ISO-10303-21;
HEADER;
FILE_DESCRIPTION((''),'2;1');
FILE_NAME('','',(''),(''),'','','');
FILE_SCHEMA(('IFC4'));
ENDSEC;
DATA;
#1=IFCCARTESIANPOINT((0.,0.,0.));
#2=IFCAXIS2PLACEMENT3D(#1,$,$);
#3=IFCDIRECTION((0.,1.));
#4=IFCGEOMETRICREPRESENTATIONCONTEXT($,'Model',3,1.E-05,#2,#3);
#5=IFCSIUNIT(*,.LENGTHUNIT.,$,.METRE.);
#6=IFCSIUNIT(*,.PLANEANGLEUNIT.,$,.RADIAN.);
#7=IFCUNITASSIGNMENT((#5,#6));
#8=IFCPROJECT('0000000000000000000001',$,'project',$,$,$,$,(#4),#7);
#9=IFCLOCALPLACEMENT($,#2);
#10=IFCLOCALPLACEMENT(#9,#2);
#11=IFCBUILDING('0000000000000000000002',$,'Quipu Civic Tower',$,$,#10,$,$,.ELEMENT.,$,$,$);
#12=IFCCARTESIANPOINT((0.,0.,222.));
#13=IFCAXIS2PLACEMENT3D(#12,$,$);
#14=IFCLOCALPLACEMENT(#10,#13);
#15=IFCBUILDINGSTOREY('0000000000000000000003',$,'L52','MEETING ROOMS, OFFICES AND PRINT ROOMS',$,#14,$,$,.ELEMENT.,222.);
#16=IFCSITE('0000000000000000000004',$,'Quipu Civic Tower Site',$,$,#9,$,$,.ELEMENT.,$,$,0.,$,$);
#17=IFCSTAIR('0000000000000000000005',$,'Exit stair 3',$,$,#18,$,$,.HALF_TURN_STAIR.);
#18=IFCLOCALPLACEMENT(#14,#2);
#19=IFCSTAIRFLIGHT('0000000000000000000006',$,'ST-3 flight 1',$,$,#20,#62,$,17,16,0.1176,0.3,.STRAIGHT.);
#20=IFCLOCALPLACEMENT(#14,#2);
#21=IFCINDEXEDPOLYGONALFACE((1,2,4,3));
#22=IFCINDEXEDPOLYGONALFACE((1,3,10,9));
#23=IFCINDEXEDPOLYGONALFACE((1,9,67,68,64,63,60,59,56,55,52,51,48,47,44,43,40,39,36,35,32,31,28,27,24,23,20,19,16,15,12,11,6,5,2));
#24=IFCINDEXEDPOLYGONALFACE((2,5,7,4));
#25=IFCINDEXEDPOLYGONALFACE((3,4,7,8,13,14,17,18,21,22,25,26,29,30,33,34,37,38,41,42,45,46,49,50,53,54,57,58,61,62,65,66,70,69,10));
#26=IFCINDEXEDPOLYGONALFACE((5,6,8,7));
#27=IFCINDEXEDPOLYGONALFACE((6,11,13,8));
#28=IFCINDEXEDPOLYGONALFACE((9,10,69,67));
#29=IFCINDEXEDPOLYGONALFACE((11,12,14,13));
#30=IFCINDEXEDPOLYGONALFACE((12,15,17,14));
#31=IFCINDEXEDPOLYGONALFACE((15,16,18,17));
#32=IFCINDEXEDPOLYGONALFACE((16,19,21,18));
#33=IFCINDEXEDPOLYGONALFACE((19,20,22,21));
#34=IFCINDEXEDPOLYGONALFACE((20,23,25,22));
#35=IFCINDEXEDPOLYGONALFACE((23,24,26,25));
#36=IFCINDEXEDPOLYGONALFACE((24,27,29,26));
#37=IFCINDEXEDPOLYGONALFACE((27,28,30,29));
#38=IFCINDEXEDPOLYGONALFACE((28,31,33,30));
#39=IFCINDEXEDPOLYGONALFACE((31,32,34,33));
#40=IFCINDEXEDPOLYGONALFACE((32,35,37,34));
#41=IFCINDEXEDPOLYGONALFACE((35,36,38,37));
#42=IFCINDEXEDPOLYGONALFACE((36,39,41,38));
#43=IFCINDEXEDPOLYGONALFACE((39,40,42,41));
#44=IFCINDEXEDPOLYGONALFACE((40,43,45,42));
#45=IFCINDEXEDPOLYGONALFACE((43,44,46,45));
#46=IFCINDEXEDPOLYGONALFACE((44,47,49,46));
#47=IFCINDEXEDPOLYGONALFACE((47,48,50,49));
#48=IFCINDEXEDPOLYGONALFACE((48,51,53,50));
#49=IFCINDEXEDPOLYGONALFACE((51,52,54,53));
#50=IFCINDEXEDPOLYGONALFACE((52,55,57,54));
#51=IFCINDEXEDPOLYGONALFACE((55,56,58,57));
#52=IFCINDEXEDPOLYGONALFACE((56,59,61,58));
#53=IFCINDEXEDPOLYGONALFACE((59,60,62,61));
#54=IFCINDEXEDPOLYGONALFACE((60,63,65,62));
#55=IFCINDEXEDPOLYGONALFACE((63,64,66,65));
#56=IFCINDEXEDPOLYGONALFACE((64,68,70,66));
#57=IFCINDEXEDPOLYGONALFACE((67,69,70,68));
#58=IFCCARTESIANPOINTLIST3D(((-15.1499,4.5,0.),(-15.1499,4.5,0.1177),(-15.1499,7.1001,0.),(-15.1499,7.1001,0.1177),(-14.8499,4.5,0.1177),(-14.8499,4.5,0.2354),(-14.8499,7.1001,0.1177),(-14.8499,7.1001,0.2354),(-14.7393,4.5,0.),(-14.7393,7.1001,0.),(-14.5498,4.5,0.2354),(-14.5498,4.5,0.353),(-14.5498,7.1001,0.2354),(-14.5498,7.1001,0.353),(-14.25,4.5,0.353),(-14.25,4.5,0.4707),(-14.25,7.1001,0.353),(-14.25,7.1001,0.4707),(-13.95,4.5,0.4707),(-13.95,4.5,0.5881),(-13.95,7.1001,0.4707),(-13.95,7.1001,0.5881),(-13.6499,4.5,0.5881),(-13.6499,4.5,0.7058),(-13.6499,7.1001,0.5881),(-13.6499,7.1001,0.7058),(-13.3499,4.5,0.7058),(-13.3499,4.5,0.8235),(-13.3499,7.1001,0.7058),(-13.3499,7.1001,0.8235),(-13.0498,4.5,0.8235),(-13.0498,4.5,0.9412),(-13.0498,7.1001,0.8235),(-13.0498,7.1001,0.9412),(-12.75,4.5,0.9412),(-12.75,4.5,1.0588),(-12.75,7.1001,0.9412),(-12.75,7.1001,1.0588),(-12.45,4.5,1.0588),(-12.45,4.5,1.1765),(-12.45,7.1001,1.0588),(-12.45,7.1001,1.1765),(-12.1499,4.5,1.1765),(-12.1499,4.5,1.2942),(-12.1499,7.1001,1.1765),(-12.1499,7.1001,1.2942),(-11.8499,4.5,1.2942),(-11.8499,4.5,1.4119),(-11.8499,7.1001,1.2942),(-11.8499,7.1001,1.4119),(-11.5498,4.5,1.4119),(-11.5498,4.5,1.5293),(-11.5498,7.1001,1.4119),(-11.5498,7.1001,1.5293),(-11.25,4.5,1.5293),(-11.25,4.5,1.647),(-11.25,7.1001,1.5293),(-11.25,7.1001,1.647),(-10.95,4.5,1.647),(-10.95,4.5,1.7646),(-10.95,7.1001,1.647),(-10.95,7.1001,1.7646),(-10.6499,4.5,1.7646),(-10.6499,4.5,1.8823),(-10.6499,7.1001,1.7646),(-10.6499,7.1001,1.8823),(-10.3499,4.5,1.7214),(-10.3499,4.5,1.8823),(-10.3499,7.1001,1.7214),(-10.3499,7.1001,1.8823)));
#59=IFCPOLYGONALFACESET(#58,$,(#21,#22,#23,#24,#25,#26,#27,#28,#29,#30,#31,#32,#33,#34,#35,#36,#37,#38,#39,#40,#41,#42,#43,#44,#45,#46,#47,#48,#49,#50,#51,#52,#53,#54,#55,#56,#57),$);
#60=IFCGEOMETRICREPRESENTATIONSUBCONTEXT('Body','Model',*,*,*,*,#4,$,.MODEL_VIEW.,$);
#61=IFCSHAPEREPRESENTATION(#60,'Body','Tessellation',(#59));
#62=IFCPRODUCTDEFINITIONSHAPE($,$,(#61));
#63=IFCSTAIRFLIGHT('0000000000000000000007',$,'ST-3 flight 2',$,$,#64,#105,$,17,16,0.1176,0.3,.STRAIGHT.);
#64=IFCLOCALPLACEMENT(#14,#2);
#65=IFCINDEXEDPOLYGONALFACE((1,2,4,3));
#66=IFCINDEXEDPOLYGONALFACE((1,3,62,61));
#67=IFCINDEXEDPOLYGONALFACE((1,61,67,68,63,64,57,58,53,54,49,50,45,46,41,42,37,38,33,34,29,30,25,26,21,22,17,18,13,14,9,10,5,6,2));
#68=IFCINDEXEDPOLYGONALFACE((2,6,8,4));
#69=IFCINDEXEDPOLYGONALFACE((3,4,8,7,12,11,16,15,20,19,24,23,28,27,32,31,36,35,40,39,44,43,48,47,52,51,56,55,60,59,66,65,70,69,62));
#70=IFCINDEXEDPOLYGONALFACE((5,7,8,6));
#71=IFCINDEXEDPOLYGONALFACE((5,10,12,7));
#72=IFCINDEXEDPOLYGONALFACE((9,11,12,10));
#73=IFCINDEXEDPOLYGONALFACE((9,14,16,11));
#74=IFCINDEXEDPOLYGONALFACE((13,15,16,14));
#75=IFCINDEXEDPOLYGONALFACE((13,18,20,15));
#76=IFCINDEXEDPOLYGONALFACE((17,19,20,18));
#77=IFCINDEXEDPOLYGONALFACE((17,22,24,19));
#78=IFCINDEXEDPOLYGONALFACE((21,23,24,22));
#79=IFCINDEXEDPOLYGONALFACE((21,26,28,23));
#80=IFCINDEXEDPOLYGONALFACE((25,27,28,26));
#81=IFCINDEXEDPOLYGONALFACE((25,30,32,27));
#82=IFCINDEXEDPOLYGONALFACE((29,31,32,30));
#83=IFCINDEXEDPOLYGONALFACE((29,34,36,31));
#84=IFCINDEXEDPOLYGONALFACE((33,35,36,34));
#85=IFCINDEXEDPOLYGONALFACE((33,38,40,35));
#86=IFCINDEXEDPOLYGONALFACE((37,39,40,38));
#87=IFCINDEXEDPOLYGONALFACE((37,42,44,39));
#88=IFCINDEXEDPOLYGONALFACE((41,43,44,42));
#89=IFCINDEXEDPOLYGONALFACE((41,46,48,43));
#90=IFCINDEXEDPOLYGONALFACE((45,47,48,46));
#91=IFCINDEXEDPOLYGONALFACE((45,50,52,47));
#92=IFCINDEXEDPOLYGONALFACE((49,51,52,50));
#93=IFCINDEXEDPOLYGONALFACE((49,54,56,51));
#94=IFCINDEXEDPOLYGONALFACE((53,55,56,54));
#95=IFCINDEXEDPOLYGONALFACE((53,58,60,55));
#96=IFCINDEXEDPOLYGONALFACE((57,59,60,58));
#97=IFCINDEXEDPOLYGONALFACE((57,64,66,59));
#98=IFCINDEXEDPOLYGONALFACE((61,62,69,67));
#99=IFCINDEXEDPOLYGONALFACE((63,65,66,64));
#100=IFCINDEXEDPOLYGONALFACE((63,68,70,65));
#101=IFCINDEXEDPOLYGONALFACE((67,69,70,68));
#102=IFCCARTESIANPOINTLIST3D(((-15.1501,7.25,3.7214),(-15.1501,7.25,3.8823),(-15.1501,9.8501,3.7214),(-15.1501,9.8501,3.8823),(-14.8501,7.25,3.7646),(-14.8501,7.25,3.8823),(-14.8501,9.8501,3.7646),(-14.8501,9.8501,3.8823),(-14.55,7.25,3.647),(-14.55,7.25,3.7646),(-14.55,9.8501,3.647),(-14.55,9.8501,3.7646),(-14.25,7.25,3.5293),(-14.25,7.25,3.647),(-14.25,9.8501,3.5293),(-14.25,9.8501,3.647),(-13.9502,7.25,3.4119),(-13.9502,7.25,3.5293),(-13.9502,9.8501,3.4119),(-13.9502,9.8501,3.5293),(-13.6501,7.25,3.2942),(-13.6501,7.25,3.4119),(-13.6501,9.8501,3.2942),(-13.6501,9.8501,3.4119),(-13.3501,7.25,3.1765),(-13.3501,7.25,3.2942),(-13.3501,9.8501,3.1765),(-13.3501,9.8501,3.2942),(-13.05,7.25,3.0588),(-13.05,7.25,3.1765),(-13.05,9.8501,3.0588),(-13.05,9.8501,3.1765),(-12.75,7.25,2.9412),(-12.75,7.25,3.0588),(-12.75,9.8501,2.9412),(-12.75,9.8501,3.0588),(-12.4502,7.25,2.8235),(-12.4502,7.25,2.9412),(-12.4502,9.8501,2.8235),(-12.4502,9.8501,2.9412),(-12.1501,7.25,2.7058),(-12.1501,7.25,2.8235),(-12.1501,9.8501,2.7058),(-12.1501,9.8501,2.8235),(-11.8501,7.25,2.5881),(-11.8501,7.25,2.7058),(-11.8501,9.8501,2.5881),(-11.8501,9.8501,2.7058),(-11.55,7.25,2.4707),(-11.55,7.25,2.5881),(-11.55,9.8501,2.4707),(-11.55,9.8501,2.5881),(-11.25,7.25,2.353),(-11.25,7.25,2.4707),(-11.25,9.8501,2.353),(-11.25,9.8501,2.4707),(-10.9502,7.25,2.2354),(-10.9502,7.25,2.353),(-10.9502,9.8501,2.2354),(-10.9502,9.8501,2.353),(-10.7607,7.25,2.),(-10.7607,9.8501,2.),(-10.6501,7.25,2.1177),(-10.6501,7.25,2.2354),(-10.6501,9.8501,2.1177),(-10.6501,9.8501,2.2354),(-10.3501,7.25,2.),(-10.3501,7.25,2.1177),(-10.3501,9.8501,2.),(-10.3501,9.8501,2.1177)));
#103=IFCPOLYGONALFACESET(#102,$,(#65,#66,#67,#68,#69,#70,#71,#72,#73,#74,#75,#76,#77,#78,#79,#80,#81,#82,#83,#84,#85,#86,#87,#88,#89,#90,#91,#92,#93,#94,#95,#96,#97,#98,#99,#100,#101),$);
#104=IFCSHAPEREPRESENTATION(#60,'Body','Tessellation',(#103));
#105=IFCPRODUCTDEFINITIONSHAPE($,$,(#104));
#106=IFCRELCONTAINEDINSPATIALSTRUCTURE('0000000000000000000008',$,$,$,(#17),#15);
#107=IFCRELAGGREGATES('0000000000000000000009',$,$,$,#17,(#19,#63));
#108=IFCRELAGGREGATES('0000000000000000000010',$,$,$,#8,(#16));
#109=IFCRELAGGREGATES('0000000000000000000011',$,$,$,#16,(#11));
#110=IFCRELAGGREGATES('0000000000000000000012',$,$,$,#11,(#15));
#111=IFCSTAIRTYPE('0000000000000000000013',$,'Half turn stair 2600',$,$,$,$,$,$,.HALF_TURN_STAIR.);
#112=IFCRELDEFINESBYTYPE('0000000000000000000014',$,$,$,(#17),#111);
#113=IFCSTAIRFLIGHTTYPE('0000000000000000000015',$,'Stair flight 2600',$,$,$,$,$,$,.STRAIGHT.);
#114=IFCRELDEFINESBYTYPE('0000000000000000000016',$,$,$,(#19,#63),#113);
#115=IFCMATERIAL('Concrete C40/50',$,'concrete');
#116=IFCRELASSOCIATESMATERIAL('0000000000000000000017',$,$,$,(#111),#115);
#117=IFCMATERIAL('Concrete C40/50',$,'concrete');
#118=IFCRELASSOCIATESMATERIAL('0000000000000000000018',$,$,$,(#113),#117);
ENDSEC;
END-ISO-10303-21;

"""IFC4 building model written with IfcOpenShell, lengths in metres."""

from ifc_helpers import new_model, si_unit, direction, frame, origin, place, context, subcontext, project, spatial, polyline, outline, extrude, material, type_object, element, aggregate, save


model = new_model("IFC4")

# Units and contexts
model_context = context("Model", 3, precision=1e-05, world=origin(), true_north=direction((0.0, 1.0)))
body_context = subcontext(model_context, "Body", "Model", "MODEL_VIEW")
ifc_project = project(units=[si_unit("LENGTHUNIT", "METRE"), si_unit("PLANEANGLEUNIT", "RADIAN")], contexts=[model_context])

# Site, building, storey
site_placement = place(None, origin())
site = spatial("IfcSite", under=ifc_project, at=site_placement, Name="Quipu Civic Tower Site", CompositionType="ELEMENT", RefElevation=0.0)
building_placement = place(site_placement, origin())
building = spatial("IfcBuilding", under=site, at=building_placement, Name="Quipu Civic Tower", CompositionType="ELEMENT")
storey_placement = place(building_placement, frame((0.0, 0.0, 222.0)))
storey = spatial("IfcBuildingStorey", under=building, at=storey_placement, Name="L52", Description="MEETING ROOMS, OFFICES AND PRINT ROOMS", CompositionType="ELEMENT", Elevation=222.0)

# Stair, stair flights
ifc_material_1 = material(Name="Concrete C40/50", Category="concrete")
stair_type = type_object("IfcStairType", Name="Half turn stair 2600", PredefinedType="HALF_TURN_STAIR", material=ifc_material_1)
stair_placement = place(storey_placement, origin())
stair = element("IfcStair", 1, at=stair_placement, inside=storey, type_object=stair_type, Name="Exit stair 3", PredefinedType="HALF_TURN_STAIR")
ifc_material_2 = material(Name="Concrete C40/50", Category="concrete")
stair_flight_type = type_object("IfcStairFlightType", Name="Stair flight 2600", PredefinedType="STRAIGHT", material=ifc_material_2)
stair_flight_1_placement = place(storey_placement, frame((-15.1499, 5.8, 0.0), z_axis=(0.0, 0.0, 1.0), x_axis=(1.0, 0.0, 0.0)))
stair_flight_1 = element("IfcStairFlight", 2, at=stair_flight_1_placement, type_object=stair_flight_type, Name="ST-3 flight 1", NumberOfRisers=17, NumberOfTreads=16, PredefinedType="STRAIGHT", RiserHeight=0.1176, TreadLength=0.3, context=body_context, shape_type="SweptSolid", body=[
    extrude(outline(polyline([(0.0, 0.0), (0.0, 0.1177), (0.3, 0.1177), (0.3, 0.2354), (0.6001, 0.2354), (0.6001, 0.353), (0.8999, 0.353), (0.8999, 0.4707), (1.2, 0.4707), (1.2, 0.5881), (1.5, 0.5881), (1.5, 0.7058), (1.8, 0.7058), (1.8, 0.8235), (2.1001, 0.8235), (2.1001, 0.9412), (2.3999, 0.9412), (2.3999, 1.0588), (2.7, 1.0588), (2.7, 1.1765), (3.0, 1.1765), (3.0, 1.2942), (3.3, 1.2942), (3.3, 1.4119), (3.6001, 1.4119), (3.6001, 1.5293), (3.8999, 1.5293), (3.8999, 1.647), (4.2, 1.647), (4.2, 1.7646), (4.5, 1.7646), (4.5, 1.8823), (4.8, 1.8823), (4.8, 2.0), (4.8, 1.7214), (0.4106, 0.0), (0.0, 0.0)])), frame((0.0, 1.3, 0.0), z_axis=(0.0, -1.0, 0.0), x_axis=(1.0, 0.0, 0.0)), (0.0, 0.0, 1.0), 2.6001),
])
stair_flight_2_placement = place(storey_placement, frame((-10.3501, 8.55, 2.0), z_axis=(0.0, 0.0, 1.0), x_axis=(-1.0, 0.0, 0.0)))
stair_flight_2 = element("IfcStairFlight", 3, at=stair_flight_2_placement, type_object=stair_flight_type, Name="ST-3 flight 2", NumberOfRisers=17, NumberOfTreads=16, PredefinedType="STRAIGHT", RiserHeight=0.1176, TreadLength=0.3, context=body_context, shape_type="SweptSolid", body=[
    extrude(outline(polyline([(0.0, 0.0), (0.0, 0.1177), (0.3, 0.1177), (0.3, 0.2354), (0.6001, 0.2354), (0.6001, 0.353), (0.8999, 0.353), (0.8999, 0.4707), (1.2, 0.4707), (1.2, 0.5881), (1.5, 0.5881), (1.5, 0.7058), (1.8, 0.7058), (1.8, 0.8235), (2.1001, 0.8235), (2.1001, 0.9412), (2.3999, 0.9412), (2.3999, 1.0588), (2.7, 1.0588), (2.7, 1.1765), (3.0, 1.1765), (3.0, 1.2942), (3.3, 1.2942), (3.3, 1.4119), (3.6001, 1.4119), (3.6001, 1.5293), (3.8999, 1.5293), (3.8999, 1.647), (4.2, 1.647), (4.2, 1.7646), (4.5, 1.7646), (4.5, 1.8823), (4.8, 1.8823), (4.8, 2.0), (4.8, 1.7214), (0.4106, 0.0), (0.0, 0.0)])), frame((0.0, 1.3, 0.0), z_axis=(0.0, -1.0, 0.0), x_axis=(1.0, 0.0, 0.0)), (0.0, 0.0, 1.0), 2.6001),
])
aggregate(stair, [stair_flight_1, stair_flight_2])

save(model, "model.ifc")
